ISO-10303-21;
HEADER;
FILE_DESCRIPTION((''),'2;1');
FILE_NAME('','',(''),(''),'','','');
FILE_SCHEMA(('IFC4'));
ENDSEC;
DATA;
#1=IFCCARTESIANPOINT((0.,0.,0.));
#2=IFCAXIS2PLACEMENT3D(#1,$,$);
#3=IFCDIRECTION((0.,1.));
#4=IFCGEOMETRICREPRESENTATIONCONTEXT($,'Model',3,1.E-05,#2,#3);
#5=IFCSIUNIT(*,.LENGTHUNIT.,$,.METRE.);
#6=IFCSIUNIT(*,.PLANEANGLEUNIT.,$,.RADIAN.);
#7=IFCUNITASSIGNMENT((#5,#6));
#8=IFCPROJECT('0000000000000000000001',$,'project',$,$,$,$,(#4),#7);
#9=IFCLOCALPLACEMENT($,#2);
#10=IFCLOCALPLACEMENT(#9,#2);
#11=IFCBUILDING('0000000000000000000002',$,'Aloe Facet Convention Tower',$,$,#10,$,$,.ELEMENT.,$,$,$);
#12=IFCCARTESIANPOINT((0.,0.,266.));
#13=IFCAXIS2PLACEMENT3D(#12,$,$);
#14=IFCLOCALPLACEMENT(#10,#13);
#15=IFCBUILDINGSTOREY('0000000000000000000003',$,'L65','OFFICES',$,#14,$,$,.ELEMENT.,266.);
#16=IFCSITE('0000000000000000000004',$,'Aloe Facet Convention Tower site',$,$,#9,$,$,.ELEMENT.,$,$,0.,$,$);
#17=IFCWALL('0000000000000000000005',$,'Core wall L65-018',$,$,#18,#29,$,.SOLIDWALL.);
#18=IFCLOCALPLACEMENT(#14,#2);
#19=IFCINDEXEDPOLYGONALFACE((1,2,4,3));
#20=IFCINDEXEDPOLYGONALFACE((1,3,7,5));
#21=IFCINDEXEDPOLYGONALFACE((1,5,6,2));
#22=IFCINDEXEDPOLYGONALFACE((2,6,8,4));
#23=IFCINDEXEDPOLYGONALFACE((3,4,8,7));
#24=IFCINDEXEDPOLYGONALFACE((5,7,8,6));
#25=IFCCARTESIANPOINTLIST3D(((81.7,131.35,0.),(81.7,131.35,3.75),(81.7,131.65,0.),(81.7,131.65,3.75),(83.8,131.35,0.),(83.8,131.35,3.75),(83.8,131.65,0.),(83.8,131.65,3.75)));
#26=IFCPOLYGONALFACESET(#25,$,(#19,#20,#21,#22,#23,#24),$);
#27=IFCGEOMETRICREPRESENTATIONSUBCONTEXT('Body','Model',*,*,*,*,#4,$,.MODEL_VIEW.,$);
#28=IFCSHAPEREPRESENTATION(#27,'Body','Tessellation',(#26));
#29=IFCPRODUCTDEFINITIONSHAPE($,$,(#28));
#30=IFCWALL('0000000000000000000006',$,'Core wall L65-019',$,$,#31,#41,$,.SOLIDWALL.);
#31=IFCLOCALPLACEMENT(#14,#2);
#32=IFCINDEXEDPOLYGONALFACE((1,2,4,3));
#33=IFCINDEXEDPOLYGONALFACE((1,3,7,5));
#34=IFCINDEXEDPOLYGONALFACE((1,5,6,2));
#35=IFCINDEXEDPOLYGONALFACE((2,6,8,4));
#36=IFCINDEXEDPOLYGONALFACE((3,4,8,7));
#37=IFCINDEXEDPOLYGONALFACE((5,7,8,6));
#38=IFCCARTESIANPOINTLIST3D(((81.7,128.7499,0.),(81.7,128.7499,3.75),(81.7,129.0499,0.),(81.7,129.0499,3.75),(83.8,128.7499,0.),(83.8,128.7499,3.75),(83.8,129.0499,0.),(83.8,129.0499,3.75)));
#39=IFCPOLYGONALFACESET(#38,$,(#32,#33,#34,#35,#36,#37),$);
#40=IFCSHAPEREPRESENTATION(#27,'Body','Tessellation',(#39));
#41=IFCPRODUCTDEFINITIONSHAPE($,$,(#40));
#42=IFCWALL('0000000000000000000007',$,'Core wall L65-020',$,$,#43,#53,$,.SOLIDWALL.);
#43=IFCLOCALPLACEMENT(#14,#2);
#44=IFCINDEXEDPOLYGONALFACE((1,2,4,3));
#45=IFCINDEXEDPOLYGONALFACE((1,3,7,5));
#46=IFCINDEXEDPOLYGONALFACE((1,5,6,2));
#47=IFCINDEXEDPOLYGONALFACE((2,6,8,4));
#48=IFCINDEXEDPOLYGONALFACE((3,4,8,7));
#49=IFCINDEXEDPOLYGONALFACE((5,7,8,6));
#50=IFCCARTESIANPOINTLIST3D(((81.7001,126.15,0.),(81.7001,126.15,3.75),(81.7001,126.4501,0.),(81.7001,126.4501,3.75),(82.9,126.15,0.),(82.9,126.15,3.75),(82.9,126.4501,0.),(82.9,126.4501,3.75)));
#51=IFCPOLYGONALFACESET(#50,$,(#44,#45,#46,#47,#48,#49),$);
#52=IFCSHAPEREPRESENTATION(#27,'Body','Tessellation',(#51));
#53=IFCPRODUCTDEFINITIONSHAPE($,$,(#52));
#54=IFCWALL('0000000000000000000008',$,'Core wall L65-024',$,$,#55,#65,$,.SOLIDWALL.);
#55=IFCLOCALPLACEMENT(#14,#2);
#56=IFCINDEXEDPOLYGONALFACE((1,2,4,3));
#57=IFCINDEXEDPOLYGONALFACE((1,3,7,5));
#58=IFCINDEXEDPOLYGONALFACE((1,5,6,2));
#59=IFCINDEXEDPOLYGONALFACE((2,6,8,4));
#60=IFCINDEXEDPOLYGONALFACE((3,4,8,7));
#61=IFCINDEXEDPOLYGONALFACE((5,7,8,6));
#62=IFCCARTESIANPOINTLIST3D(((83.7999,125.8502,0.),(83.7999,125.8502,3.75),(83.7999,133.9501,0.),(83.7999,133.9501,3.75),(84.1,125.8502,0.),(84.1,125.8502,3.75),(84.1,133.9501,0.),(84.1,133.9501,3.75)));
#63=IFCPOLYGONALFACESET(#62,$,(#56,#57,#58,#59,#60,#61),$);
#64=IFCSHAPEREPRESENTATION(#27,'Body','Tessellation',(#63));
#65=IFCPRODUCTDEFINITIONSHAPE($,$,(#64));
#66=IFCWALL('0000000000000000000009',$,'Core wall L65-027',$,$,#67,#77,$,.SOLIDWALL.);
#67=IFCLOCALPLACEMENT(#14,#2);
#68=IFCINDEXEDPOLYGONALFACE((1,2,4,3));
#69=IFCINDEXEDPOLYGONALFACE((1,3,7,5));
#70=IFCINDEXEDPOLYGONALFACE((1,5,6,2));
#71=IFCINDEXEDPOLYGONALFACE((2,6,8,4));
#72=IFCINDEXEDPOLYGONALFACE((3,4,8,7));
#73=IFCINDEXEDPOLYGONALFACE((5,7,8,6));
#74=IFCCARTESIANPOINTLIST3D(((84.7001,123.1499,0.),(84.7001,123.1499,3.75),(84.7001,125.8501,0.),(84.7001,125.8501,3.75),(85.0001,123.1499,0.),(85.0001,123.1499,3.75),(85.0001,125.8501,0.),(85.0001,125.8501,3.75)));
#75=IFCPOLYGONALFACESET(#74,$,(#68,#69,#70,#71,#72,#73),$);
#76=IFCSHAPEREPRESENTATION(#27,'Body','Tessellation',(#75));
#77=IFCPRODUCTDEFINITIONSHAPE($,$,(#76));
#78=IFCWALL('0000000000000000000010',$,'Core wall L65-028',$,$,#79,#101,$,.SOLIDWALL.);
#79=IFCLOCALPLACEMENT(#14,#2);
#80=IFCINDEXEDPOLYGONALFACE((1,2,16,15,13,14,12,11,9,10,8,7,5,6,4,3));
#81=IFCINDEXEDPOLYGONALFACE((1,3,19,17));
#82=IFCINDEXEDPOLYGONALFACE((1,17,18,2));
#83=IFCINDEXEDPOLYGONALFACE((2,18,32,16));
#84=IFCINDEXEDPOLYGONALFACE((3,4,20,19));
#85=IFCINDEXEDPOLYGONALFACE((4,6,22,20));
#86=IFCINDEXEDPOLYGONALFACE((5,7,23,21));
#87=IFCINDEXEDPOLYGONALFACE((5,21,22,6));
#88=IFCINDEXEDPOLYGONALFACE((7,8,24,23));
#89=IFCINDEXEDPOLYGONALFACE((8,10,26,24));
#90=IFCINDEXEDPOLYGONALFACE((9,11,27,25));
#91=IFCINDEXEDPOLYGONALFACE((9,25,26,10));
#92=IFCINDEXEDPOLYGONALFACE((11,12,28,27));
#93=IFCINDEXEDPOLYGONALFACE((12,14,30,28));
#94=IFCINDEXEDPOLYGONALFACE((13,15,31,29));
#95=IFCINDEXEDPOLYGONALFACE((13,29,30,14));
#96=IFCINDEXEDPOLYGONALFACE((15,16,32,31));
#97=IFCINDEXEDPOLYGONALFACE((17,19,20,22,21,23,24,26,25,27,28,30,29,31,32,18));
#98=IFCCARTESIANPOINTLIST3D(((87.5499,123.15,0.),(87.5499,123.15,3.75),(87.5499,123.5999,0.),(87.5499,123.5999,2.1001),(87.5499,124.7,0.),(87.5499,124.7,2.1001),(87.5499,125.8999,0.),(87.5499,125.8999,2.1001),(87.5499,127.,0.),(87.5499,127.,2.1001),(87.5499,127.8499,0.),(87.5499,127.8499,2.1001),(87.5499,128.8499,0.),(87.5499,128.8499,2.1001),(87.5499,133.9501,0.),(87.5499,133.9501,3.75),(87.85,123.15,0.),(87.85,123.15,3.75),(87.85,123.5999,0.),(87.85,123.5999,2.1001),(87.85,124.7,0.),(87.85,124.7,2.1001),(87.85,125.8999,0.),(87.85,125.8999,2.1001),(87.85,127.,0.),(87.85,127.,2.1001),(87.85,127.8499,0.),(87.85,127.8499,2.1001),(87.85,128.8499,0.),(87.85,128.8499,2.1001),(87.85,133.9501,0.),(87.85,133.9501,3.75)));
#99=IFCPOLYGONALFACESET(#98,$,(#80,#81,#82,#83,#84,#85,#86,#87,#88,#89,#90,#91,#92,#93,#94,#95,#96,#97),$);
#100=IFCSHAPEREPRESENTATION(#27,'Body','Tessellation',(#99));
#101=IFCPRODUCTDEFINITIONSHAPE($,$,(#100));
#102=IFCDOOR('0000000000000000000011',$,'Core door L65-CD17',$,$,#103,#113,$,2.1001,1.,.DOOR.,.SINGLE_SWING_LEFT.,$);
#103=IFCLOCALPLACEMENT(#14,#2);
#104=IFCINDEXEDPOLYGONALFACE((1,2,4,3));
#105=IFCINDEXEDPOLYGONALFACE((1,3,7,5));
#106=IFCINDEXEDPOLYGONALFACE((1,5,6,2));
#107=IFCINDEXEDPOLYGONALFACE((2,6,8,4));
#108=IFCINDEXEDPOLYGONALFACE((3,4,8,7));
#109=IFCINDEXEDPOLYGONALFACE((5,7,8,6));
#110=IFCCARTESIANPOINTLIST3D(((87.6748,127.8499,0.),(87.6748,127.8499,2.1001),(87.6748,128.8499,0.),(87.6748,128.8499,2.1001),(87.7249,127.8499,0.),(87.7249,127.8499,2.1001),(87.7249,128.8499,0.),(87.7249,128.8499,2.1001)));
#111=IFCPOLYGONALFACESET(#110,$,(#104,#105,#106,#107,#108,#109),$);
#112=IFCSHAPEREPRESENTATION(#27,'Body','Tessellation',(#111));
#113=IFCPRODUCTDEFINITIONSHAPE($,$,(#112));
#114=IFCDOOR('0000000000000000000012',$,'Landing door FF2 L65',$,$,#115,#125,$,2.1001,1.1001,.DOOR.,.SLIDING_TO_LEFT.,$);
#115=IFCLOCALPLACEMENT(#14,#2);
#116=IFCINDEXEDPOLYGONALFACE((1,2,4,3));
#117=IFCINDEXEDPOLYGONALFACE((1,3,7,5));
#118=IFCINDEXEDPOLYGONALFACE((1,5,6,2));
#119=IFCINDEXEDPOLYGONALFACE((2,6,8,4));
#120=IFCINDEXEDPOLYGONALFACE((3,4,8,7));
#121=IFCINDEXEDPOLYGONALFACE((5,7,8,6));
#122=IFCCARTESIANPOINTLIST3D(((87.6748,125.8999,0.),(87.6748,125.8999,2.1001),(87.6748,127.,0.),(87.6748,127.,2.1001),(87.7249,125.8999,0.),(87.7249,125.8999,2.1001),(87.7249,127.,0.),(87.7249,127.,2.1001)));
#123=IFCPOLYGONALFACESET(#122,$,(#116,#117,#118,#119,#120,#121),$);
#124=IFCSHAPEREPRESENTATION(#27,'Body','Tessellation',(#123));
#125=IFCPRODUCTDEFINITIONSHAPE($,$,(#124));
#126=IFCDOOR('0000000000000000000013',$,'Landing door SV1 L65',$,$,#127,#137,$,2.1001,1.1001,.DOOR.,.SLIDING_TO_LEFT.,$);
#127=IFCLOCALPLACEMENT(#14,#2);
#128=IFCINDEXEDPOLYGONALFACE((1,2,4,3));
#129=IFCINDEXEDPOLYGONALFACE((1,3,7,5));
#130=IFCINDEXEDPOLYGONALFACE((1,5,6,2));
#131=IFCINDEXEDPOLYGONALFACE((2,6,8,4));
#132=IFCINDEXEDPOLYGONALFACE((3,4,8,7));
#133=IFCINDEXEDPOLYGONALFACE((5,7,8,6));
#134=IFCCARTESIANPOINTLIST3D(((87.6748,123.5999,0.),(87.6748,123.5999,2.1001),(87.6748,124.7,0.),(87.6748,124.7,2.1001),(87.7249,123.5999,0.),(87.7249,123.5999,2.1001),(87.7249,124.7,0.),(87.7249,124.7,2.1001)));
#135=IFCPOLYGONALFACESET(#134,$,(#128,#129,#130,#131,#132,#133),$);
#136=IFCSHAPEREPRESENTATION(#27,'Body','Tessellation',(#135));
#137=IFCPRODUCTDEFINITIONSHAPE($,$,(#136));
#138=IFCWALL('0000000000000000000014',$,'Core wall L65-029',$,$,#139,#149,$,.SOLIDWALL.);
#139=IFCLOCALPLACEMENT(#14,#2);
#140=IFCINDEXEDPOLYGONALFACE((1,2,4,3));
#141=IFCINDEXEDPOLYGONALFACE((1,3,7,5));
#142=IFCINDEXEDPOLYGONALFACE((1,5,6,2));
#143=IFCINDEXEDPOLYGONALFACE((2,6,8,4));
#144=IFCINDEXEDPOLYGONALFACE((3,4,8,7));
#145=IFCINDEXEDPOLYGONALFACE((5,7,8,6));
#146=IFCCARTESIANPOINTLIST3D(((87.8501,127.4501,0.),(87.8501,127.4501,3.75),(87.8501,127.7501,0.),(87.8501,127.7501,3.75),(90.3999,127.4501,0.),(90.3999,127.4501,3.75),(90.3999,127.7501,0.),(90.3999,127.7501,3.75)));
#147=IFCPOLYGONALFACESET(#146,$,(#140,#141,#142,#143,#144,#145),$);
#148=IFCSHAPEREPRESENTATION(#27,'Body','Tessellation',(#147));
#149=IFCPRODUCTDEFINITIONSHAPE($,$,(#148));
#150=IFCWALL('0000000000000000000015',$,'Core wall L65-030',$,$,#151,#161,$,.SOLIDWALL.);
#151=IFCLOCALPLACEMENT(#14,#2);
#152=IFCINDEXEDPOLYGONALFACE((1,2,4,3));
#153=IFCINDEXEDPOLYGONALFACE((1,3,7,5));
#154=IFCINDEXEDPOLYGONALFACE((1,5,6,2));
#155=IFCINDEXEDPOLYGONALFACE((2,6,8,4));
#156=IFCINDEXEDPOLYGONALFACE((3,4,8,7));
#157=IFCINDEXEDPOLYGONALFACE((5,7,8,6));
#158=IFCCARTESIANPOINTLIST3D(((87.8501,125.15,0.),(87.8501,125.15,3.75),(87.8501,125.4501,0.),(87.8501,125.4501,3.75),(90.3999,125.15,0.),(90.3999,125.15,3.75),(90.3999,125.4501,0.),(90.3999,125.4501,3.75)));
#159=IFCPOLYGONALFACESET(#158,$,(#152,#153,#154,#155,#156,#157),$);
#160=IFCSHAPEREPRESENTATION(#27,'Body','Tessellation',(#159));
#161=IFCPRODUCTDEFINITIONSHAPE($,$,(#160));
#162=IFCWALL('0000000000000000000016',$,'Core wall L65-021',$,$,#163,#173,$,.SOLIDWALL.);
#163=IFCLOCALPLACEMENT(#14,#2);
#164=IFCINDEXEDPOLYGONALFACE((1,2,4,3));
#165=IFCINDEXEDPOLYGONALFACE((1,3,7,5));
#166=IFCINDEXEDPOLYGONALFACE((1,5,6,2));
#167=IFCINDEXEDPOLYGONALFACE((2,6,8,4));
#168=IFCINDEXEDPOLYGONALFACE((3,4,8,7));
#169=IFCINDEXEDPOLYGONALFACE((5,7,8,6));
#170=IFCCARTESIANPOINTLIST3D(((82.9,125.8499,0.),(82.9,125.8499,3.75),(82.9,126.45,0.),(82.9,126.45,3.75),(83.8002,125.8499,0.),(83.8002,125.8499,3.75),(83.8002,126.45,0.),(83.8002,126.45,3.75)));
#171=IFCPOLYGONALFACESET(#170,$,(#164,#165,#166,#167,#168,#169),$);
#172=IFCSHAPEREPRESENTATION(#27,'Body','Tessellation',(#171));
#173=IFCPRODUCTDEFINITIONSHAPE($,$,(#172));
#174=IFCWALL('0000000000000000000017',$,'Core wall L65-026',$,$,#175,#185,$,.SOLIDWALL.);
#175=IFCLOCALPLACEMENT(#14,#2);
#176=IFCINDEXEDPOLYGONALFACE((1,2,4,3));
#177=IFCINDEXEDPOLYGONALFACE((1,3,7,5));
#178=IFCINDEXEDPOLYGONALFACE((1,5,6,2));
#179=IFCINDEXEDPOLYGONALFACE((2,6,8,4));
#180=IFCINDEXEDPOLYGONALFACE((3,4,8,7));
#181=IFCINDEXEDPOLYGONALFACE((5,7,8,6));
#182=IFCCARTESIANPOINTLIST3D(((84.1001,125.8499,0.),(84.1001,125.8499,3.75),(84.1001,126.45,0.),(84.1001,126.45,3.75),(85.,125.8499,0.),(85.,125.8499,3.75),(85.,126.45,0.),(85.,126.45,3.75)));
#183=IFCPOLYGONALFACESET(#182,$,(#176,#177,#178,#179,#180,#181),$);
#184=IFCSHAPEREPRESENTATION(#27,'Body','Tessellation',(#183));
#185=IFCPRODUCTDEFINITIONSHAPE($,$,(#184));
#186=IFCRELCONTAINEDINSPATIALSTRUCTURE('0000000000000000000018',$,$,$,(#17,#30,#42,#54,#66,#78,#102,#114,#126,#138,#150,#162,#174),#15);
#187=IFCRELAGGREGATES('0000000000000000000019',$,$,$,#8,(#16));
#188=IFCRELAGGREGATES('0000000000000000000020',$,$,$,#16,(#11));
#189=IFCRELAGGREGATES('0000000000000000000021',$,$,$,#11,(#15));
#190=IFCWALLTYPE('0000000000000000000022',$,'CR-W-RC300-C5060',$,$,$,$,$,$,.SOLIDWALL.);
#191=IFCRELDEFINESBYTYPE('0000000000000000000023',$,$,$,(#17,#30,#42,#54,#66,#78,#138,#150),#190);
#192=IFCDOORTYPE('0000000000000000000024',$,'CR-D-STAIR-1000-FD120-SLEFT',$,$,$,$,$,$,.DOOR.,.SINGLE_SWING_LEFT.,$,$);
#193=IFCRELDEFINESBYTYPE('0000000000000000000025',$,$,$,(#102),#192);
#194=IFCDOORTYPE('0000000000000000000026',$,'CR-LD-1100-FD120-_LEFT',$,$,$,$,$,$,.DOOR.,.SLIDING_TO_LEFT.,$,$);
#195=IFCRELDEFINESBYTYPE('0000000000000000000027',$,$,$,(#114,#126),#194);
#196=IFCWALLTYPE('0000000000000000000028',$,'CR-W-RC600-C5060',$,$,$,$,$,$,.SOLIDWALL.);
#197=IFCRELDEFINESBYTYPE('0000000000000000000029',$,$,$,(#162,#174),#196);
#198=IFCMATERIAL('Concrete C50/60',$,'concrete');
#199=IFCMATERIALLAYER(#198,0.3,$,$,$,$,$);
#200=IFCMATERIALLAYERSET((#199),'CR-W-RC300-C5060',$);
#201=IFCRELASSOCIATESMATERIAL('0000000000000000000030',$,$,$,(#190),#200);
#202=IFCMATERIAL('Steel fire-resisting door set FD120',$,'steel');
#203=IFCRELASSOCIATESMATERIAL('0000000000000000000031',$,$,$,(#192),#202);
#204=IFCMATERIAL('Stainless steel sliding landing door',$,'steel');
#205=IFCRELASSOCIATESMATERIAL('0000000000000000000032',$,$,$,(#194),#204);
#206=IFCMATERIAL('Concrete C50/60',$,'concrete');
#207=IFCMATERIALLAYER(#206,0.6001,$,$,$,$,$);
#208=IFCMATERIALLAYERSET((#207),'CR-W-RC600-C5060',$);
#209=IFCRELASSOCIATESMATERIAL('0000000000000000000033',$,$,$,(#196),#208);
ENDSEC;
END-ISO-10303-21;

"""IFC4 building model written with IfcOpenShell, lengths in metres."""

from ifc_helpers import new_model, si_unit, direction, frame, frame_2d, origin, place, context, subcontext, project, spatial, rectangle, extrude, material, layer, layer_set, type_object, element, fill, save


model = new_model("IFC4")

# Units and contexts
model_context = context("Model", 3, precision=1e-05, world=origin(), true_north=direction((0.0, 1.0)))
body_context = subcontext(model_context, "Body", "Model", "MODEL_VIEW")
ifc_project = project(units=[si_unit("LENGTHUNIT", "METRE"), si_unit("PLANEANGLEUNIT", "RADIAN")], contexts=[model_context])

# Site, building, storey
site_placement = place(None, origin())
site = spatial("IfcSite", under=ifc_project, at=site_placement, Name="Aloe Facet Convention Tower site", CompositionType="ELEMENT", RefElevation=0.0)
building_placement = place(site_placement, origin())
building = spatial("IfcBuilding", under=site, at=building_placement, Name="Aloe Facet Convention Tower", CompositionType="ELEMENT")
storey_placement = place(building_placement, frame((0.0, 0.0, 266.0)))
storey = spatial("IfcBuildingStorey", under=building, at=storey_placement, Name="L65", Description="OFFICES", CompositionType="ELEMENT", Elevation=266.0)

# Shared definitions
ifc_material_1 = material(Name="Concrete C50/60", Category="concrete")
ifc_layer_1 = layer(ifc_material_1, 0.3)
ifc_layer_set_1 = layer_set([ifc_layer_1], Name="CR-W-RC300-C5060")
wall_type_1 = type_object("IfcWallType", Name="CR-W-RC300-C5060", PredefinedType="SOLIDWALL", material=ifc_layer_set_1)

# Shared definitions
ifc_material_2 = material(Name="Steel fire-resisting door set FD120", Category="steel")
door_type_1 = type_object("IfcDoorType", Name="CR-D-STAIR-1000-FD120-SLEFT", OperationType="SINGLE_SWING_LEFT", PredefinedType="DOOR", material=ifc_material_2)

# Walls
for number, where, z_axis, x_axis, name in (
    (1, (81.7, 131.5, 0.0), (0.0, 0.0, 1.0), (1.0, 0.0, 0.0), "Core wall L65-018"),
    (2, (81.7, 128.8999, 0.0), (0.0, 0.0, 1.0), (1.0, 0.0, 0.0), "Core wall L65-019"),
):
    element("IfcWall", number, at=place(storey_placement, frame(where, z_axis=z_axis, x_axis=x_axis)), inside=storey, type_object=wall_type_1, Name=name, PredefinedType="SOLIDWALL", context=body_context, shape_type="SweptSolid", body=[
        extrude(rectangle(XDim=2.1001, YDim=0.3, at=frame_2d((1.05, 0.0))), origin(), (0.0, 0.0, 1.0), 3.75),
    ])
wall_1_placement = place(storey_placement, frame((81.7, 126.3, 0.0), z_axis=(0.0, 0.0, 1.0), x_axis=(1.0, 0.0, 0.0)))
element("IfcWall", 3, at=wall_1_placement, inside=storey, type_object=wall_type_1, Name="Core wall L65-020", PredefinedType="SOLIDWALL", context=body_context, shape_type="SweptSolid", body=[
    extrude(rectangle(XDim=1.2, YDim=0.3, at=frame_2d((0.6001, 0.0))), origin(), (0.0, 0.0, 1.0), 3.75),
])
wall_2_placement = place(storey_placement, frame((83.95, 133.95, 0.0), z_axis=(0.0, 0.0, 1.0), x_axis=(0.0, -1.0, 0.0)))
element("IfcWall", 4, at=wall_2_placement, inside=storey, type_object=wall_type_1, Name="Core wall L65-024", PredefinedType="SOLIDWALL", context=body_context, shape_type="SweptSolid", body=[
    extrude(rectangle(XDim=8.0999, YDim=0.3, at=frame_2d((4.0498, 0.0))), origin(), (0.0, 0.0, 1.0), 3.75),
])
wall_3_placement = place(storey_placement, frame((84.8501, 125.8501, 0.0), z_axis=(0.0, 0.0, 1.0), x_axis=(0.0, -1.0, 0.0)))
element("IfcWall", 5, at=wall_3_placement, inside=storey, type_object=wall_type_1, Name="Core wall L65-027", PredefinedType="SOLIDWALL", context=body_context, shape_type="SweptSolid", body=[
    extrude(rectangle(XDim=2.7002, YDim=0.3, at=frame_2d((1.3501, 0.0))), origin(), (0.0, 0.0, 1.0), 3.75),
])

# Wall, openings, doors
wall_4_placement = place(storey_placement, frame((87.7, 133.95, 0.0), z_axis=(0.0, 0.0, 1.0), x_axis=(0.0, -1.0, 0.0)))
wall_4 = element("IfcWall", 6, at=wall_4_placement, inside=storey, type_object=wall_type_1, Name="Core wall L65-028", PredefinedType="SOLIDWALL", context=body_context, shape_type="SweptSolid", body=[
    extrude(rectangle(XDim=10.8, YDim=0.3, at=frame_2d((5.3999, 0.0))), origin(), (0.0, 0.0, 1.0), 3.75),
])
opening_1_placement = place(wall_4_placement, frame((6.95, 0.0, 0.0)))
opening_1 = element("IfcOpeningElement", 7, at=opening_1_placement, cuts=wall_4, PredefinedType="OPENING", context=body_context, shape_type="SweptSolid", body=[
    extrude(rectangle(XDim=1.1001, YDim=2.1001, at=frame_2d((0.55, 1.05))), frame((0.0, 0.1602, 0.0), z_axis=(0.0, -1.0, 0.0), x_axis=(1.0, 0.0, 0.0)), (0.0, 0.0, 1.0), 0.3201),
])
opening_2_placement = place(wall_4_placement, frame((5.1001, 0.0, 0.0)))
opening_2 = element("IfcOpeningElement", 8, at=opening_2_placement, cuts=wall_4, PredefinedType="OPENING", context=body_context, shape_type="SweptSolid", body=[
    extrude(rectangle(XDim=1.0, YDim=2.1001, at=frame_2d((0.5, 1.05))), frame((0.0, 0.1602, 0.0), z_axis=(0.0, -1.0, 0.0), x_axis=(1.0, 0.0, 0.0)), (0.0, 0.0, 1.0), 0.3201),
])
opening_3_placement = place(wall_4_placement, frame((9.25, 0.0, 0.0)))
opening_3 = element("IfcOpeningElement", 9, at=opening_3_placement, cuts=wall_4, PredefinedType="OPENING", context=body_context, shape_type="SweptSolid", body=[
    extrude(rectangle(XDim=1.1001, YDim=2.1001, at=frame_2d((0.55, 1.05))), frame((0.0, 0.1602, 0.0), z_axis=(0.0, -1.0, 0.0), x_axis=(1.0, 0.0, 0.0)), (0.0, 0.0, 1.0), 0.3201),
])
door_1_placement = place(opening_2_placement, origin())
door_1 = element("IfcDoor", 10, at=door_1_placement, inside=storey, type_object=door_type_1, Name="Core door L65-CD17", OperationType="SINGLE_SWING_LEFT", OverallHeight=2.1001, OverallWidth=1.0, PredefinedType="DOOR", context=body_context, shape_type="SweptSolid", body=[
    extrude(rectangle(XDim=1.0, YDim=2.1001, at=frame_2d((0.5, 1.05))), frame((0.0, 0.0249, 0.0), z_axis=(0.0, -1.0, 0.0), x_axis=(1.0, 0.0, 0.0)), (0.0, 0.0, 1.0), 0.05),
])
fill(opening_2, door_1)
ifc_material_3 = material(Name="Stainless steel sliding landing door", Category="steel")
door_type_2 = type_object("IfcDoorType", Name="CR-LD-1100-FD120-_LEFT", OperationType="SLIDING_TO_LEFT", PredefinedType="DOOR", material=ifc_material_3)
door_2_placement = place(opening_1_placement, origin())
door_2 = element("IfcDoor", 11, at=door_2_placement, inside=storey, type_object=door_type_2, Name="Landing door FF2 L65", OperationType="SLIDING_TO_LEFT", OverallHeight=2.1001, OverallWidth=1.1001, PredefinedType="DOOR", context=body_context, shape_type="SweptSolid", body=[
    extrude(rectangle(XDim=1.1001, YDim=2.1001, at=frame_2d((0.55, 1.05))), frame((0.0, 0.0249, 0.0), z_axis=(0.0, -1.0, 0.0), x_axis=(1.0, 0.0, 0.0)), (0.0, 0.0, 1.0), 0.05),
])
fill(opening_1, door_2)
door_3_placement = place(opening_3_placement, origin())
door_3 = element("IfcDoor", 12, at=door_3_placement, inside=storey, type_object=door_type_2, Name="Landing door SV1 L65", OperationType="SLIDING_TO_LEFT", OverallHeight=2.1001, OverallWidth=1.1001, PredefinedType="DOOR", context=body_context, shape_type="SweptSolid", body=[
    extrude(rectangle(XDim=1.1001, YDim=2.1001, at=frame_2d((0.55, 1.05))), frame((0.0, 0.0249, 0.0), z_axis=(0.0, -1.0, 0.0), x_axis=(1.0, 0.0, 0.0)), (0.0, 0.0, 1.0), 0.05),
])
fill(opening_3, door_3)

# Walls
for number, where, z_axis, x_axis, name in (
    (13, (87.8501, 127.6001, 0.0), (0.0, 0.0, 1.0), (1.0, 0.0, 0.0), "Core wall L65-029"),
    (14, (87.8501, 125.3, 0.0), (0.0, 0.0, 1.0), (1.0, 0.0, 0.0), "Core wall L65-030"),
):
    element("IfcWall", number, at=place(storey_placement, frame(where, z_axis=z_axis, x_axis=x_axis)), inside=storey, type_object=wall_type_1, Name=name, PredefinedType="SOLIDWALL", context=body_context, shape_type="SweptSolid", body=[
        extrude(rectangle(XDim=2.5498, YDim=0.3, at=frame_2d((1.2749, 0.0))), origin(), (0.0, 0.0, 1.0), 3.75),
    ])
ifc_material_4 = material(Name="Concrete C50/60", Category="concrete")
ifc_layer_2 = layer(ifc_material_4, 0.6001)
ifc_layer_set_2 = layer_set([ifc_layer_2], Name="CR-W-RC600-C5060")
wall_type_2 = type_object("IfcWallType", Name="CR-W-RC600-C5060", PredefinedType="SOLIDWALL", material=ifc_layer_set_2)
wall_5_placement = place(storey_placement, frame((82.8999, 126.1499, 0.0), z_axis=(0.0, 0.0, 1.0), x_axis=(1.0, 0.0, 0.0)))
element("IfcWall", 15, at=wall_5_placement, inside=storey, type_object=wall_type_2, Name="Core wall L65-021", PredefinedType="SOLIDWALL", context=body_context, shape_type="SweptSolid", body=[
    extrude(rectangle(XDim=0.9001, YDim=0.6001, at=frame_2d((0.4502, 0.0))), origin(), (0.0, 0.0, 1.0), 3.75),
])
wall_6_placement = place(storey_placement, frame((84.1001, 126.1499, 0.0), z_axis=(0.0, 0.0, 1.0), x_axis=(1.0, 0.0, 0.0)))
element("IfcWall", 16, at=wall_6_placement, inside=storey, type_object=wall_type_2, Name="Core wall L65-026", PredefinedType="SOLIDWALL", context=body_context, shape_type="SweptSolid", body=[
    extrude(rectangle(XDim=0.8999, YDim=0.6001, at=frame_2d((0.45, 0.0))), origin(), (0.0, 0.0, 1.0), 3.75),
])

save(model, "model.ifc")
